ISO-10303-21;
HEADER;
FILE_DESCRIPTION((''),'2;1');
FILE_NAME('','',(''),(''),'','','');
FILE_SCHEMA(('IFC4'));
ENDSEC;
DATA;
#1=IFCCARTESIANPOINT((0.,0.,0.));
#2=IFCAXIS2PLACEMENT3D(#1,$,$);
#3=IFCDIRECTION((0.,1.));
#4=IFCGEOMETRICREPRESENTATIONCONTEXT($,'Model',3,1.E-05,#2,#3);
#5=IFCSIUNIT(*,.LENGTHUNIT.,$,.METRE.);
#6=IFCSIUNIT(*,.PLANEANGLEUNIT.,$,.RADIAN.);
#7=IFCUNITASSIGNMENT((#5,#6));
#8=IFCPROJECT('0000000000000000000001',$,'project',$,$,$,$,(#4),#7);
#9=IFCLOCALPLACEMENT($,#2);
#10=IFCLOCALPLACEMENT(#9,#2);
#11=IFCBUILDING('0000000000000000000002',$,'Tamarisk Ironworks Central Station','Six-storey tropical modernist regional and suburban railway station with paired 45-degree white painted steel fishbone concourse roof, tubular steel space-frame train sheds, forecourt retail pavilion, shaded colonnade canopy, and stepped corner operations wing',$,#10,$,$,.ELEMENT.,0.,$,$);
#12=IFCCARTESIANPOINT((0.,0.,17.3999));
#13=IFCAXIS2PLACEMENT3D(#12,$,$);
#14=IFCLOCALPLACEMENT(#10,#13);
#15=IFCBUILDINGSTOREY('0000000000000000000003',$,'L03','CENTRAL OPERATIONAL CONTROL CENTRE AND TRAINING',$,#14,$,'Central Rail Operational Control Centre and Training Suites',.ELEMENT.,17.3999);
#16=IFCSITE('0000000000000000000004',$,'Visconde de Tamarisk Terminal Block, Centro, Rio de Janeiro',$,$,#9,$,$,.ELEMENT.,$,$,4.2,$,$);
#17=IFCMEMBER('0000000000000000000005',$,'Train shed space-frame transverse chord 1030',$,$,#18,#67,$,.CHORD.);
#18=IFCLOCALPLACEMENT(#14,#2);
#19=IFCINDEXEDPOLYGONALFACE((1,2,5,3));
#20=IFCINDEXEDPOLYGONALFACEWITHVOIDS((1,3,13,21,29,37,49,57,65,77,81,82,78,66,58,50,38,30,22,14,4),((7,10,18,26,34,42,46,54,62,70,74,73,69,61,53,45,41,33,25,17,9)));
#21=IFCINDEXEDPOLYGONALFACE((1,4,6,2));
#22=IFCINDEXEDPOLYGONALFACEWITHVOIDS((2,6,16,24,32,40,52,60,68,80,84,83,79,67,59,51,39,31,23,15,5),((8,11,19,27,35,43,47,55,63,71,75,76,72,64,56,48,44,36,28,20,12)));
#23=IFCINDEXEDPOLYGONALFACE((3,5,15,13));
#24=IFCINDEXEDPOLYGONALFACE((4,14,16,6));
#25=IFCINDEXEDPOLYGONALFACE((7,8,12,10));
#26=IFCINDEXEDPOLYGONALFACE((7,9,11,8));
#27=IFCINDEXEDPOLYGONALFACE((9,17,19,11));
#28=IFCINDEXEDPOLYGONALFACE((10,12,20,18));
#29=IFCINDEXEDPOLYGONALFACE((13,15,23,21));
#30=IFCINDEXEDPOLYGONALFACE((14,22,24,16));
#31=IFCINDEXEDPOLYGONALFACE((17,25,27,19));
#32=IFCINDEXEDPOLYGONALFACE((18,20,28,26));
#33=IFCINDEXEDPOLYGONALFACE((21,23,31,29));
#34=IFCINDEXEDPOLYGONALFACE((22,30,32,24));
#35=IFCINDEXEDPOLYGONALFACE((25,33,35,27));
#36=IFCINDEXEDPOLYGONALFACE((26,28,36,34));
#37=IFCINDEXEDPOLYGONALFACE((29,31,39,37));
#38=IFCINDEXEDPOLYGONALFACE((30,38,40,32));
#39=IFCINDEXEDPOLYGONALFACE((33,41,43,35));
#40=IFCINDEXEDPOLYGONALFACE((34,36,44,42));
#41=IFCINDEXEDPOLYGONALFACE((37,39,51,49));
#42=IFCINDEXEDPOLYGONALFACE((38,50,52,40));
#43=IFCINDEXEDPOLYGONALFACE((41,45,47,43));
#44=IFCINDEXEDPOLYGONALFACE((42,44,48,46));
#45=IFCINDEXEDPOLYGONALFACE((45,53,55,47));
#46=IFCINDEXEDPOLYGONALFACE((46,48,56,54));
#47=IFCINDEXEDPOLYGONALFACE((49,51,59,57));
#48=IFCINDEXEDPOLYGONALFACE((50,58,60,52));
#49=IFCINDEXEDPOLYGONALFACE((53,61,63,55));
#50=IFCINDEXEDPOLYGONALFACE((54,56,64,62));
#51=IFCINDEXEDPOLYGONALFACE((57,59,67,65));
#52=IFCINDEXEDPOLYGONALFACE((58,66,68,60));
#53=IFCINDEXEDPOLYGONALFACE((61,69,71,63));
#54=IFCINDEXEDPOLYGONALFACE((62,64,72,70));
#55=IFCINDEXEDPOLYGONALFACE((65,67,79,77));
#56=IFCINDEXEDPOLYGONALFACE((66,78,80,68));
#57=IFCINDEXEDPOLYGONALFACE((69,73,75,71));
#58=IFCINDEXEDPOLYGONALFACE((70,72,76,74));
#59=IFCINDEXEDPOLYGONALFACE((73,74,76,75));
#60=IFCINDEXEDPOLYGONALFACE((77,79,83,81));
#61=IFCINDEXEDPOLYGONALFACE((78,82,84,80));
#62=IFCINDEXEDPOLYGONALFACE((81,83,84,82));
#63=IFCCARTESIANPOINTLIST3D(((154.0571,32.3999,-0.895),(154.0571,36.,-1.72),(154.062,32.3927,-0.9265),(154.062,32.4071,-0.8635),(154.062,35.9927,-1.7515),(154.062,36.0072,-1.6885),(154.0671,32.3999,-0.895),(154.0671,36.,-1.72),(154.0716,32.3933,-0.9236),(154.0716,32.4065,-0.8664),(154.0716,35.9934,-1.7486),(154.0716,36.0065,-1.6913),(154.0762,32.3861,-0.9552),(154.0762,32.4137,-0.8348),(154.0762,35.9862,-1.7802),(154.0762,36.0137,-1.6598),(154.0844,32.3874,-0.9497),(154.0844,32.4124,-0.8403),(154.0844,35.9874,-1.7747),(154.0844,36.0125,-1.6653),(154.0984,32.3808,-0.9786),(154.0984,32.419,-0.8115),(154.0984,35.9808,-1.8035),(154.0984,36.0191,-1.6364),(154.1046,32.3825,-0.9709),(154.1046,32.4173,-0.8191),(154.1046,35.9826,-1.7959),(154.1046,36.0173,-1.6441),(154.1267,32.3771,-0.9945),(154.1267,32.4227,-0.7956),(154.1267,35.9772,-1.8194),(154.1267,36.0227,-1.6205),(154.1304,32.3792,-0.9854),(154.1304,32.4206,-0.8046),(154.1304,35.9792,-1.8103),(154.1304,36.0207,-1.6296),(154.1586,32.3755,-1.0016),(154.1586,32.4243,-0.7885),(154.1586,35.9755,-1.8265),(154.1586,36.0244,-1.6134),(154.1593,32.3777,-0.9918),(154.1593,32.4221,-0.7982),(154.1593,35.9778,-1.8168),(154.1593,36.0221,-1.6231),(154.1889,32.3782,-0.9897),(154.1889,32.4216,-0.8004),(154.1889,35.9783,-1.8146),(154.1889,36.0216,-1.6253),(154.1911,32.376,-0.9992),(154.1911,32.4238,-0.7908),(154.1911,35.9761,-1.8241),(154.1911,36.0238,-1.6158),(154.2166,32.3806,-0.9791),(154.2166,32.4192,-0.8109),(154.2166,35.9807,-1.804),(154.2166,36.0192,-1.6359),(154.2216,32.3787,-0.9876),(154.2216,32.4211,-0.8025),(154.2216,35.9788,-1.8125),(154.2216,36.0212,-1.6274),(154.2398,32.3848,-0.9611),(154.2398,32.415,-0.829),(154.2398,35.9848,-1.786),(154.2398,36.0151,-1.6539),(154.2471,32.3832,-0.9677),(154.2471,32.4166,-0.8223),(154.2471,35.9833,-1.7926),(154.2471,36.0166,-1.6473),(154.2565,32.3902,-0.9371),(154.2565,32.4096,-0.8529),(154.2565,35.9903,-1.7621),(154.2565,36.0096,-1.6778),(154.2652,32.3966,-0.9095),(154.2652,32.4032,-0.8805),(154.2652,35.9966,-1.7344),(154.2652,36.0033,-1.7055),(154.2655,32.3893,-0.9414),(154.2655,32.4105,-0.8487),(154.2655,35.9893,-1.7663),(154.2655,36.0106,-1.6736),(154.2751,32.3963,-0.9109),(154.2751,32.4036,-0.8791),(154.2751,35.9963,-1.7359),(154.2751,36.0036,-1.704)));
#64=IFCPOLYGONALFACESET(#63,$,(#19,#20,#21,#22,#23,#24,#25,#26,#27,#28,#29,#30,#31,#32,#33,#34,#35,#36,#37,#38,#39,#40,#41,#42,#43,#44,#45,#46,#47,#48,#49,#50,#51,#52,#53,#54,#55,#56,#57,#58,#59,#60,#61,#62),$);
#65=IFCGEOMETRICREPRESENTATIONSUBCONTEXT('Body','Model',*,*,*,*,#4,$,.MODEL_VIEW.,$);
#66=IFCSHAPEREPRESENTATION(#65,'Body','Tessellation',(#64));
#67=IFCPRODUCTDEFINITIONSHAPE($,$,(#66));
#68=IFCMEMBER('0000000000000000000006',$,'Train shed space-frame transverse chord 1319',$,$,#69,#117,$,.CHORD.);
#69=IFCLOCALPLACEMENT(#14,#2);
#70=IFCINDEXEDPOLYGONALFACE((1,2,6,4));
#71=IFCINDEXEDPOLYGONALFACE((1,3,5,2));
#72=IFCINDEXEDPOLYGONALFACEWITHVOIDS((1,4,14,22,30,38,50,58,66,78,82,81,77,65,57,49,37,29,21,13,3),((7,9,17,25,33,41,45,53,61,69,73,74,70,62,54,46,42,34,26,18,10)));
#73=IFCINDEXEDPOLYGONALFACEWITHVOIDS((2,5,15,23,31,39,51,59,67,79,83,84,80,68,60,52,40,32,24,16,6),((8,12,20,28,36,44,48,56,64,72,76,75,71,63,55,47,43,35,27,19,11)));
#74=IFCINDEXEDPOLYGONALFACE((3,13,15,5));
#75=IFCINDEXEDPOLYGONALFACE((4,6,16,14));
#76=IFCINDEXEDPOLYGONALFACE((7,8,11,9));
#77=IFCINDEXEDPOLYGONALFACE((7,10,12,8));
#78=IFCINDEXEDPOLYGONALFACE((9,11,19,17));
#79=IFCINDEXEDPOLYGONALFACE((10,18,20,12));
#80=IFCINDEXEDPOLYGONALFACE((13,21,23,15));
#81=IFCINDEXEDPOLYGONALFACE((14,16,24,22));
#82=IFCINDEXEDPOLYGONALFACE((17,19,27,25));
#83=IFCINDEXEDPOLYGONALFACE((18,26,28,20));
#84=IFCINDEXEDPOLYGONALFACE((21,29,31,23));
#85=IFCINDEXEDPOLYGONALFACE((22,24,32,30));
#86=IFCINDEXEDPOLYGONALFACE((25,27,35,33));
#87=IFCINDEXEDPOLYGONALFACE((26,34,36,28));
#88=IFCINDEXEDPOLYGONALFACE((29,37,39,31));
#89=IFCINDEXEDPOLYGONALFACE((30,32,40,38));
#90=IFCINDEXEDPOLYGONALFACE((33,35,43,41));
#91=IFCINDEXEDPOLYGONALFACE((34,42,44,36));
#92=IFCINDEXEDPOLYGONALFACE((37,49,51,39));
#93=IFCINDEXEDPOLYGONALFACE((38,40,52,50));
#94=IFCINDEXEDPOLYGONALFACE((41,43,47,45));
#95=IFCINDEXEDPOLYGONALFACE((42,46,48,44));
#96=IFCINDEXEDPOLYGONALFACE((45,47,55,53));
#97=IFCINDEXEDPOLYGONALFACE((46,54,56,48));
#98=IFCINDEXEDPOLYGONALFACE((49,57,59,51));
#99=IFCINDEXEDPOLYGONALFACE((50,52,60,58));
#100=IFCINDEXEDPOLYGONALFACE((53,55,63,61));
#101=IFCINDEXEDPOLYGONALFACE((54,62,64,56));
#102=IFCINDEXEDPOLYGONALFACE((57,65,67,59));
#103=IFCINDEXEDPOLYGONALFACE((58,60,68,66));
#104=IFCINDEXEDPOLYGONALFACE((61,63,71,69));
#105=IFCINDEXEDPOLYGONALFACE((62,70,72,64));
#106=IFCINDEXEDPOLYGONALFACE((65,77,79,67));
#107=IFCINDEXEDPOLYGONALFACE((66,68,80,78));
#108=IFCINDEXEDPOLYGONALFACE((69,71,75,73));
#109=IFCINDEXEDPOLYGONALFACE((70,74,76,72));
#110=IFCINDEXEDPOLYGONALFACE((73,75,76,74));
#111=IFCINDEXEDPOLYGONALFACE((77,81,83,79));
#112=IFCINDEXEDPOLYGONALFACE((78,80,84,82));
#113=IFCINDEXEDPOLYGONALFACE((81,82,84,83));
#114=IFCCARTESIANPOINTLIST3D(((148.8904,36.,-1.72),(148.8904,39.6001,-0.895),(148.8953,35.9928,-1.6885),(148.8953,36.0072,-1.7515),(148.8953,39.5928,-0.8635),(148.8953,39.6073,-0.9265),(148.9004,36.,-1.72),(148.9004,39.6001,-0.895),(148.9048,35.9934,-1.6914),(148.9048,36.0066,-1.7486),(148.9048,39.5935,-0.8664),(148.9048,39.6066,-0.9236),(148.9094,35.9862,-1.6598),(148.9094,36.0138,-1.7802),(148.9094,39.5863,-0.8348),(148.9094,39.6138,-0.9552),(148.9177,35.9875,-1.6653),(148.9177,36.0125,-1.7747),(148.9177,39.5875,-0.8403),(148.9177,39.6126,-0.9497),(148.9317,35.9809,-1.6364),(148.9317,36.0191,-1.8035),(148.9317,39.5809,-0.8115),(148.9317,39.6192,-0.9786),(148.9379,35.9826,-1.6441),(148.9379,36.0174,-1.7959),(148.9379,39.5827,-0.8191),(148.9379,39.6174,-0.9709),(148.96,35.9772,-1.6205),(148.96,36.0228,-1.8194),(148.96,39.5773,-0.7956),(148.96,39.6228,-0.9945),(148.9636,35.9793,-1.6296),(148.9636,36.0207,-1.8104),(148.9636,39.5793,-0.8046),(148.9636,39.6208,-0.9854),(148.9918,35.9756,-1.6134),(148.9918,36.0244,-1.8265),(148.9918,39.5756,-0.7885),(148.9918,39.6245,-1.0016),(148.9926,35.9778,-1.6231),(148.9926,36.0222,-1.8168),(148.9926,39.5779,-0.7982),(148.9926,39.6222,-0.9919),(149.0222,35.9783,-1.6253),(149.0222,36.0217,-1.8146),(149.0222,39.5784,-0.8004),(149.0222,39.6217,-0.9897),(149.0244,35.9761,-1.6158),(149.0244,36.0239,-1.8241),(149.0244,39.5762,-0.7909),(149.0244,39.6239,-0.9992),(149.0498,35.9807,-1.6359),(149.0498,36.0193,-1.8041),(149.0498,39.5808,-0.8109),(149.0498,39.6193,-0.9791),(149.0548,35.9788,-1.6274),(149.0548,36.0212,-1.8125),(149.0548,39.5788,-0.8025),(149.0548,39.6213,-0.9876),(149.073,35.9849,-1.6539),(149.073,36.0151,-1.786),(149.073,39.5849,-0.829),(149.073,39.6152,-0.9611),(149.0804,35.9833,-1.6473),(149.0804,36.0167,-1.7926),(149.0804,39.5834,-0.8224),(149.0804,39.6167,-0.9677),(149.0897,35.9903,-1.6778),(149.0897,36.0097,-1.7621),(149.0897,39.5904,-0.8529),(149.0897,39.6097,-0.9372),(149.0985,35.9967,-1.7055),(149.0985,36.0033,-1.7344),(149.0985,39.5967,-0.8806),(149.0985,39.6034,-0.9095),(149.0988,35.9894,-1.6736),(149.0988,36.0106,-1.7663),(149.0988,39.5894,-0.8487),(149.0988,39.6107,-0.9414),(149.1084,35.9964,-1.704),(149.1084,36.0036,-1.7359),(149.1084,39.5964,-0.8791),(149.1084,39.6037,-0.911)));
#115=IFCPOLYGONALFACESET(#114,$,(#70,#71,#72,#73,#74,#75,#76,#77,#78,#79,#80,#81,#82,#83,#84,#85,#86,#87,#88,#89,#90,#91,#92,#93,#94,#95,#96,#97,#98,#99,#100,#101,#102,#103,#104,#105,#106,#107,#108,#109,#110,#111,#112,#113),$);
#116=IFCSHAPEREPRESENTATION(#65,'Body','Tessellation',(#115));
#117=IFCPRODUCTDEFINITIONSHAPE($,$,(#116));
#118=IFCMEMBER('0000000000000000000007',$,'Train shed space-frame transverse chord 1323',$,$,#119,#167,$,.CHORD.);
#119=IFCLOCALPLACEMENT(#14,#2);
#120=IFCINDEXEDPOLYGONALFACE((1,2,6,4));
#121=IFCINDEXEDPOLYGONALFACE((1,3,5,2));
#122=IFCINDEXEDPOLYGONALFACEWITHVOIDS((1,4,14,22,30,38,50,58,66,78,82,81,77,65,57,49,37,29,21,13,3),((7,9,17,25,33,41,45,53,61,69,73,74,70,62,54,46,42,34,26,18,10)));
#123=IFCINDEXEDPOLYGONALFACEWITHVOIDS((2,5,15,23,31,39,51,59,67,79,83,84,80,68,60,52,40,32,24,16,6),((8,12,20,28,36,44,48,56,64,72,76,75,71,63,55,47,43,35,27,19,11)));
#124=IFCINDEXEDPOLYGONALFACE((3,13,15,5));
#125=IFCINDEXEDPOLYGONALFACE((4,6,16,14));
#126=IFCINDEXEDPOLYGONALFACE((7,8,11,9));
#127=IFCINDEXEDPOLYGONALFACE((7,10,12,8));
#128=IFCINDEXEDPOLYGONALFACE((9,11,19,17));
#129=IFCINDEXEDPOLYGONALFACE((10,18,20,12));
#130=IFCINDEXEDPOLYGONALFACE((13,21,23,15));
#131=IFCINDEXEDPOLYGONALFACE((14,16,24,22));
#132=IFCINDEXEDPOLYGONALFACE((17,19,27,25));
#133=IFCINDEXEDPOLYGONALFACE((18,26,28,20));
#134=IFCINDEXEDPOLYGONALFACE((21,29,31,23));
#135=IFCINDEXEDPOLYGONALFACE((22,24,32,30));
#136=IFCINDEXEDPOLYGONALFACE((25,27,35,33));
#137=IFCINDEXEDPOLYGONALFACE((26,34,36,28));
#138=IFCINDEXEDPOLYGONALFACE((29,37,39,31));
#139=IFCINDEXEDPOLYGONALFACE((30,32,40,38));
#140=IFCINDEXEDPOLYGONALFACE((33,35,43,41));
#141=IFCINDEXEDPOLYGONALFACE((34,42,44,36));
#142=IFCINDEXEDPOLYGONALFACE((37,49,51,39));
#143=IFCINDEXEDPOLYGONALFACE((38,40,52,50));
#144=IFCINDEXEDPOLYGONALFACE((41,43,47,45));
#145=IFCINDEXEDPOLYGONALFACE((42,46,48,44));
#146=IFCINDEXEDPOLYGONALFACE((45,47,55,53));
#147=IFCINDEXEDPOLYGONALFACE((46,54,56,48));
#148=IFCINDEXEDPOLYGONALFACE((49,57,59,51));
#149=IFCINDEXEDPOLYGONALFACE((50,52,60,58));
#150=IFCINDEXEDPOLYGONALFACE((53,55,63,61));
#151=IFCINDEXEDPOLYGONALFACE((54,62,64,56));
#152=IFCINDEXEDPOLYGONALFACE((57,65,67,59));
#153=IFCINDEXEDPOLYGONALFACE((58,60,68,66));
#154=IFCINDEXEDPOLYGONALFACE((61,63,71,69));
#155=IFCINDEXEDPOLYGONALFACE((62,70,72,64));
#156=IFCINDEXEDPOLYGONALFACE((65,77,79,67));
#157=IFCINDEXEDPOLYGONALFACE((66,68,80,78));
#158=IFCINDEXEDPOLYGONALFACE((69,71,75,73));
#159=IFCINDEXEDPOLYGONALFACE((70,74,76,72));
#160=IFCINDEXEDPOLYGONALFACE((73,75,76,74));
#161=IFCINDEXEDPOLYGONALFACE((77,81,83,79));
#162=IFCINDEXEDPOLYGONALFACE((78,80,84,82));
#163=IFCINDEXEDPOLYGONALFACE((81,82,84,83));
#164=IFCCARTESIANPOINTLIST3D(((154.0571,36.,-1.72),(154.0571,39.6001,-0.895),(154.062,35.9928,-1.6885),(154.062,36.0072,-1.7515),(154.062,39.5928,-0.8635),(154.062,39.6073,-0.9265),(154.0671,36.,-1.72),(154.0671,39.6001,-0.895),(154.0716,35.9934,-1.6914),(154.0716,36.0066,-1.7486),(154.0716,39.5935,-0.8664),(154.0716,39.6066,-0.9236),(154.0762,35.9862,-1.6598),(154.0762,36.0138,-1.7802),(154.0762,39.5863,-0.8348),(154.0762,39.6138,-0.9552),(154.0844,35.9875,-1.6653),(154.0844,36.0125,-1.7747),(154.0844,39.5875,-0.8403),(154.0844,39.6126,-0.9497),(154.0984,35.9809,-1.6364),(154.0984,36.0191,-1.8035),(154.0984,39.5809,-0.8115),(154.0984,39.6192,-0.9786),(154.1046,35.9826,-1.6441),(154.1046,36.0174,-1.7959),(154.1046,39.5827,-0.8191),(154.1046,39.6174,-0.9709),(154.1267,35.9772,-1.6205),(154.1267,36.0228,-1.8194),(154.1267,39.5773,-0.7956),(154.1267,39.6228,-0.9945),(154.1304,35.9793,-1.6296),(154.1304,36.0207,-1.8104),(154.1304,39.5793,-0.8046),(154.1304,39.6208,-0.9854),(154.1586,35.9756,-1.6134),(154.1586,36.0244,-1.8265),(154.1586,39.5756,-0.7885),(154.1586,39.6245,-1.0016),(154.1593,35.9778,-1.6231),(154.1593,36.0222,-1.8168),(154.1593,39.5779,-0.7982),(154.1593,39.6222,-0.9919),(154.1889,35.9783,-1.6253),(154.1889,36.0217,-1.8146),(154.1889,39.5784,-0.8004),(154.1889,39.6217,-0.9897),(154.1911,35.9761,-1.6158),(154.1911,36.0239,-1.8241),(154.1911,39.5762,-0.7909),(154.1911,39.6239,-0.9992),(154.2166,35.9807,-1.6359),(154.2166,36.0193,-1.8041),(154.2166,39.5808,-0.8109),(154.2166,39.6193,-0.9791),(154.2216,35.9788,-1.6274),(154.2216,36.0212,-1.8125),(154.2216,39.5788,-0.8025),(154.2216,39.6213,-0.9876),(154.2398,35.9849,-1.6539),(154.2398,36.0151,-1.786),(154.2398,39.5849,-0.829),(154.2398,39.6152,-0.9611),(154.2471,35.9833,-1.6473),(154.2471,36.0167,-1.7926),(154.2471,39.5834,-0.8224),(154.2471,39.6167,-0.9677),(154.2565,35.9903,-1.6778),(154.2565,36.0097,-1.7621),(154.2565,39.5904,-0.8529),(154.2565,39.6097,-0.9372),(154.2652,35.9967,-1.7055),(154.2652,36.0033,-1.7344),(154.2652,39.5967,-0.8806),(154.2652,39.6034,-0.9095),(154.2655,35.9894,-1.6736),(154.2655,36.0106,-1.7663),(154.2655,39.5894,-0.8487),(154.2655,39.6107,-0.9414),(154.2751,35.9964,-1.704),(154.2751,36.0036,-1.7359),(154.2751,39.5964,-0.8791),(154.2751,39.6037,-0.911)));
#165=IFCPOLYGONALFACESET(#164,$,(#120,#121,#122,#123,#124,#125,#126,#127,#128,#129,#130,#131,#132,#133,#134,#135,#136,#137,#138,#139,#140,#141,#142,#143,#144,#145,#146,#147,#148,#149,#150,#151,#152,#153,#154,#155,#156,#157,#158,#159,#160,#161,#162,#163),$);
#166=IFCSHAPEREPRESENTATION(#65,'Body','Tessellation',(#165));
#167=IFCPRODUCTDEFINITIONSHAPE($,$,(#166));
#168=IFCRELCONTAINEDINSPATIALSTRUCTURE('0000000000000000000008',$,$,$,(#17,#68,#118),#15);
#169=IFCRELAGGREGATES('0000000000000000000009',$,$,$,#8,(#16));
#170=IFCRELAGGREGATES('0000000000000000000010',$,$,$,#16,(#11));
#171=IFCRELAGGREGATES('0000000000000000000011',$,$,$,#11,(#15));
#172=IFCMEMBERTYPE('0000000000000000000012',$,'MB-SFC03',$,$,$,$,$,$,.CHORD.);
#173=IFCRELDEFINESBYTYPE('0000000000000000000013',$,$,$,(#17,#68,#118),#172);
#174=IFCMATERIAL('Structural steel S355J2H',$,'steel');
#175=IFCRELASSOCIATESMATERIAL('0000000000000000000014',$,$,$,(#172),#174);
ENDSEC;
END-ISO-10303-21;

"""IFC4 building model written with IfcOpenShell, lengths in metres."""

from ifc_helpers import new_model, si_unit, direction, frame, origin, origin_2d, place, context, subcontext, project, spatial, hollow_circle, extrude, material, material_profile, profile_set, type_object, element, save


model = new_model("IFC4")

# Units and contexts
model_context = context("Model", 3, precision=1e-05, world=origin(), true_north=direction((0.0, 1.0)))
body_context = subcontext(model_context, "Body", "Model", "MODEL_VIEW")
ifc_project = project(units=[si_unit("LENGTHUNIT", "METRE"), si_unit("PLANEANGLEUNIT", "RADIAN")], contexts=[model_context])

# Site, building, storey
site_placement = place(None, origin())
site = spatial("IfcSite", under=ifc_project, at=site_placement, Name="Visconde de Tamarisk Terminal Block, Centro, Rio de Janeiro", CompositionType="ELEMENT", RefElevation=4.2)
building_placement = place(site_placement, origin())
building = spatial("IfcBuilding", under=site, at=building_placement, Name="Tamarisk Ironworks Central Station", Description="Six-storey tropical modernist regional and suburban railway station with paired 45-degree white painted steel fishbone concourse roof, tubular steel space-frame train sheds, forecourt retail pavilion, shaded colonnade canopy, and stepped corner operations wing", CompositionType="ELEMENT", ElevationOfRefHeight=0.0)
storey_placement = place(building_placement, frame((0.0, 0.0, 17.3999)))
storey = spatial("IfcBuildingStorey", under=building, at=storey_placement, Name="L03", Description="CENTRAL OPERATIONAL CONTROL CENTRE AND TRAINING", LongName="Central Rail Operational Control Centre and Training Suites", CompositionType="ELEMENT", Elevation=17.3999)

# Members
ifc_material_1 = material(Name="Structural steel S355J2H", Category="steel")
ifc_material_profile_1 = material_profile(ifc_material_1, hollow_circle(Radius=0.1096, WallThickness=0.01, at=origin_2d()), Name="CHS 219.1x10")
ifc_profile_set_1 = profile_set([ifc_material_profile_1], Name="Structural steel S355J2H")
member_type_1 = type_object("IfcMemberType", Name="MB-SFC03", PredefinedType="CHORD", material=ifc_profile_set_1)
for number, where, z_axis, x_axis, name in (
    (1, (154.1667, 32.3999, -0.895), (0.0, 0.974737, -0.223358), (-1.0, 0.0, 0.0), "Train shed space-frame transverse chord 1030"),
    (2, (149.0, 36.0, -1.72), (0.0, 0.974737, 0.223358), (-1.0, 0.0, 0.0), "Train shed space-frame transverse chord 1319"),
    (3, (154.1667, 36.0, -1.72), (0.0, 0.974737, 0.223358), (-1.0, 0.0, 0.0), "Train shed space-frame transverse chord 1323"),
):
    element("IfcMember", number, at=place(storey_placement, frame(where, z_axis=z_axis, x_axis=x_axis)), inside=storey, type_object=member_type_1, Name=name, PredefinedType="CHORD", context=body_context, shape_type="SweptSolid", body=[
        extrude(hollow_circle(Radius=0.1096, WallThickness=0.01, at=origin_2d()), origin(), (0.0, 0.0, 1.0), 3.6934),
    ])

save(model, "model.ifc")
